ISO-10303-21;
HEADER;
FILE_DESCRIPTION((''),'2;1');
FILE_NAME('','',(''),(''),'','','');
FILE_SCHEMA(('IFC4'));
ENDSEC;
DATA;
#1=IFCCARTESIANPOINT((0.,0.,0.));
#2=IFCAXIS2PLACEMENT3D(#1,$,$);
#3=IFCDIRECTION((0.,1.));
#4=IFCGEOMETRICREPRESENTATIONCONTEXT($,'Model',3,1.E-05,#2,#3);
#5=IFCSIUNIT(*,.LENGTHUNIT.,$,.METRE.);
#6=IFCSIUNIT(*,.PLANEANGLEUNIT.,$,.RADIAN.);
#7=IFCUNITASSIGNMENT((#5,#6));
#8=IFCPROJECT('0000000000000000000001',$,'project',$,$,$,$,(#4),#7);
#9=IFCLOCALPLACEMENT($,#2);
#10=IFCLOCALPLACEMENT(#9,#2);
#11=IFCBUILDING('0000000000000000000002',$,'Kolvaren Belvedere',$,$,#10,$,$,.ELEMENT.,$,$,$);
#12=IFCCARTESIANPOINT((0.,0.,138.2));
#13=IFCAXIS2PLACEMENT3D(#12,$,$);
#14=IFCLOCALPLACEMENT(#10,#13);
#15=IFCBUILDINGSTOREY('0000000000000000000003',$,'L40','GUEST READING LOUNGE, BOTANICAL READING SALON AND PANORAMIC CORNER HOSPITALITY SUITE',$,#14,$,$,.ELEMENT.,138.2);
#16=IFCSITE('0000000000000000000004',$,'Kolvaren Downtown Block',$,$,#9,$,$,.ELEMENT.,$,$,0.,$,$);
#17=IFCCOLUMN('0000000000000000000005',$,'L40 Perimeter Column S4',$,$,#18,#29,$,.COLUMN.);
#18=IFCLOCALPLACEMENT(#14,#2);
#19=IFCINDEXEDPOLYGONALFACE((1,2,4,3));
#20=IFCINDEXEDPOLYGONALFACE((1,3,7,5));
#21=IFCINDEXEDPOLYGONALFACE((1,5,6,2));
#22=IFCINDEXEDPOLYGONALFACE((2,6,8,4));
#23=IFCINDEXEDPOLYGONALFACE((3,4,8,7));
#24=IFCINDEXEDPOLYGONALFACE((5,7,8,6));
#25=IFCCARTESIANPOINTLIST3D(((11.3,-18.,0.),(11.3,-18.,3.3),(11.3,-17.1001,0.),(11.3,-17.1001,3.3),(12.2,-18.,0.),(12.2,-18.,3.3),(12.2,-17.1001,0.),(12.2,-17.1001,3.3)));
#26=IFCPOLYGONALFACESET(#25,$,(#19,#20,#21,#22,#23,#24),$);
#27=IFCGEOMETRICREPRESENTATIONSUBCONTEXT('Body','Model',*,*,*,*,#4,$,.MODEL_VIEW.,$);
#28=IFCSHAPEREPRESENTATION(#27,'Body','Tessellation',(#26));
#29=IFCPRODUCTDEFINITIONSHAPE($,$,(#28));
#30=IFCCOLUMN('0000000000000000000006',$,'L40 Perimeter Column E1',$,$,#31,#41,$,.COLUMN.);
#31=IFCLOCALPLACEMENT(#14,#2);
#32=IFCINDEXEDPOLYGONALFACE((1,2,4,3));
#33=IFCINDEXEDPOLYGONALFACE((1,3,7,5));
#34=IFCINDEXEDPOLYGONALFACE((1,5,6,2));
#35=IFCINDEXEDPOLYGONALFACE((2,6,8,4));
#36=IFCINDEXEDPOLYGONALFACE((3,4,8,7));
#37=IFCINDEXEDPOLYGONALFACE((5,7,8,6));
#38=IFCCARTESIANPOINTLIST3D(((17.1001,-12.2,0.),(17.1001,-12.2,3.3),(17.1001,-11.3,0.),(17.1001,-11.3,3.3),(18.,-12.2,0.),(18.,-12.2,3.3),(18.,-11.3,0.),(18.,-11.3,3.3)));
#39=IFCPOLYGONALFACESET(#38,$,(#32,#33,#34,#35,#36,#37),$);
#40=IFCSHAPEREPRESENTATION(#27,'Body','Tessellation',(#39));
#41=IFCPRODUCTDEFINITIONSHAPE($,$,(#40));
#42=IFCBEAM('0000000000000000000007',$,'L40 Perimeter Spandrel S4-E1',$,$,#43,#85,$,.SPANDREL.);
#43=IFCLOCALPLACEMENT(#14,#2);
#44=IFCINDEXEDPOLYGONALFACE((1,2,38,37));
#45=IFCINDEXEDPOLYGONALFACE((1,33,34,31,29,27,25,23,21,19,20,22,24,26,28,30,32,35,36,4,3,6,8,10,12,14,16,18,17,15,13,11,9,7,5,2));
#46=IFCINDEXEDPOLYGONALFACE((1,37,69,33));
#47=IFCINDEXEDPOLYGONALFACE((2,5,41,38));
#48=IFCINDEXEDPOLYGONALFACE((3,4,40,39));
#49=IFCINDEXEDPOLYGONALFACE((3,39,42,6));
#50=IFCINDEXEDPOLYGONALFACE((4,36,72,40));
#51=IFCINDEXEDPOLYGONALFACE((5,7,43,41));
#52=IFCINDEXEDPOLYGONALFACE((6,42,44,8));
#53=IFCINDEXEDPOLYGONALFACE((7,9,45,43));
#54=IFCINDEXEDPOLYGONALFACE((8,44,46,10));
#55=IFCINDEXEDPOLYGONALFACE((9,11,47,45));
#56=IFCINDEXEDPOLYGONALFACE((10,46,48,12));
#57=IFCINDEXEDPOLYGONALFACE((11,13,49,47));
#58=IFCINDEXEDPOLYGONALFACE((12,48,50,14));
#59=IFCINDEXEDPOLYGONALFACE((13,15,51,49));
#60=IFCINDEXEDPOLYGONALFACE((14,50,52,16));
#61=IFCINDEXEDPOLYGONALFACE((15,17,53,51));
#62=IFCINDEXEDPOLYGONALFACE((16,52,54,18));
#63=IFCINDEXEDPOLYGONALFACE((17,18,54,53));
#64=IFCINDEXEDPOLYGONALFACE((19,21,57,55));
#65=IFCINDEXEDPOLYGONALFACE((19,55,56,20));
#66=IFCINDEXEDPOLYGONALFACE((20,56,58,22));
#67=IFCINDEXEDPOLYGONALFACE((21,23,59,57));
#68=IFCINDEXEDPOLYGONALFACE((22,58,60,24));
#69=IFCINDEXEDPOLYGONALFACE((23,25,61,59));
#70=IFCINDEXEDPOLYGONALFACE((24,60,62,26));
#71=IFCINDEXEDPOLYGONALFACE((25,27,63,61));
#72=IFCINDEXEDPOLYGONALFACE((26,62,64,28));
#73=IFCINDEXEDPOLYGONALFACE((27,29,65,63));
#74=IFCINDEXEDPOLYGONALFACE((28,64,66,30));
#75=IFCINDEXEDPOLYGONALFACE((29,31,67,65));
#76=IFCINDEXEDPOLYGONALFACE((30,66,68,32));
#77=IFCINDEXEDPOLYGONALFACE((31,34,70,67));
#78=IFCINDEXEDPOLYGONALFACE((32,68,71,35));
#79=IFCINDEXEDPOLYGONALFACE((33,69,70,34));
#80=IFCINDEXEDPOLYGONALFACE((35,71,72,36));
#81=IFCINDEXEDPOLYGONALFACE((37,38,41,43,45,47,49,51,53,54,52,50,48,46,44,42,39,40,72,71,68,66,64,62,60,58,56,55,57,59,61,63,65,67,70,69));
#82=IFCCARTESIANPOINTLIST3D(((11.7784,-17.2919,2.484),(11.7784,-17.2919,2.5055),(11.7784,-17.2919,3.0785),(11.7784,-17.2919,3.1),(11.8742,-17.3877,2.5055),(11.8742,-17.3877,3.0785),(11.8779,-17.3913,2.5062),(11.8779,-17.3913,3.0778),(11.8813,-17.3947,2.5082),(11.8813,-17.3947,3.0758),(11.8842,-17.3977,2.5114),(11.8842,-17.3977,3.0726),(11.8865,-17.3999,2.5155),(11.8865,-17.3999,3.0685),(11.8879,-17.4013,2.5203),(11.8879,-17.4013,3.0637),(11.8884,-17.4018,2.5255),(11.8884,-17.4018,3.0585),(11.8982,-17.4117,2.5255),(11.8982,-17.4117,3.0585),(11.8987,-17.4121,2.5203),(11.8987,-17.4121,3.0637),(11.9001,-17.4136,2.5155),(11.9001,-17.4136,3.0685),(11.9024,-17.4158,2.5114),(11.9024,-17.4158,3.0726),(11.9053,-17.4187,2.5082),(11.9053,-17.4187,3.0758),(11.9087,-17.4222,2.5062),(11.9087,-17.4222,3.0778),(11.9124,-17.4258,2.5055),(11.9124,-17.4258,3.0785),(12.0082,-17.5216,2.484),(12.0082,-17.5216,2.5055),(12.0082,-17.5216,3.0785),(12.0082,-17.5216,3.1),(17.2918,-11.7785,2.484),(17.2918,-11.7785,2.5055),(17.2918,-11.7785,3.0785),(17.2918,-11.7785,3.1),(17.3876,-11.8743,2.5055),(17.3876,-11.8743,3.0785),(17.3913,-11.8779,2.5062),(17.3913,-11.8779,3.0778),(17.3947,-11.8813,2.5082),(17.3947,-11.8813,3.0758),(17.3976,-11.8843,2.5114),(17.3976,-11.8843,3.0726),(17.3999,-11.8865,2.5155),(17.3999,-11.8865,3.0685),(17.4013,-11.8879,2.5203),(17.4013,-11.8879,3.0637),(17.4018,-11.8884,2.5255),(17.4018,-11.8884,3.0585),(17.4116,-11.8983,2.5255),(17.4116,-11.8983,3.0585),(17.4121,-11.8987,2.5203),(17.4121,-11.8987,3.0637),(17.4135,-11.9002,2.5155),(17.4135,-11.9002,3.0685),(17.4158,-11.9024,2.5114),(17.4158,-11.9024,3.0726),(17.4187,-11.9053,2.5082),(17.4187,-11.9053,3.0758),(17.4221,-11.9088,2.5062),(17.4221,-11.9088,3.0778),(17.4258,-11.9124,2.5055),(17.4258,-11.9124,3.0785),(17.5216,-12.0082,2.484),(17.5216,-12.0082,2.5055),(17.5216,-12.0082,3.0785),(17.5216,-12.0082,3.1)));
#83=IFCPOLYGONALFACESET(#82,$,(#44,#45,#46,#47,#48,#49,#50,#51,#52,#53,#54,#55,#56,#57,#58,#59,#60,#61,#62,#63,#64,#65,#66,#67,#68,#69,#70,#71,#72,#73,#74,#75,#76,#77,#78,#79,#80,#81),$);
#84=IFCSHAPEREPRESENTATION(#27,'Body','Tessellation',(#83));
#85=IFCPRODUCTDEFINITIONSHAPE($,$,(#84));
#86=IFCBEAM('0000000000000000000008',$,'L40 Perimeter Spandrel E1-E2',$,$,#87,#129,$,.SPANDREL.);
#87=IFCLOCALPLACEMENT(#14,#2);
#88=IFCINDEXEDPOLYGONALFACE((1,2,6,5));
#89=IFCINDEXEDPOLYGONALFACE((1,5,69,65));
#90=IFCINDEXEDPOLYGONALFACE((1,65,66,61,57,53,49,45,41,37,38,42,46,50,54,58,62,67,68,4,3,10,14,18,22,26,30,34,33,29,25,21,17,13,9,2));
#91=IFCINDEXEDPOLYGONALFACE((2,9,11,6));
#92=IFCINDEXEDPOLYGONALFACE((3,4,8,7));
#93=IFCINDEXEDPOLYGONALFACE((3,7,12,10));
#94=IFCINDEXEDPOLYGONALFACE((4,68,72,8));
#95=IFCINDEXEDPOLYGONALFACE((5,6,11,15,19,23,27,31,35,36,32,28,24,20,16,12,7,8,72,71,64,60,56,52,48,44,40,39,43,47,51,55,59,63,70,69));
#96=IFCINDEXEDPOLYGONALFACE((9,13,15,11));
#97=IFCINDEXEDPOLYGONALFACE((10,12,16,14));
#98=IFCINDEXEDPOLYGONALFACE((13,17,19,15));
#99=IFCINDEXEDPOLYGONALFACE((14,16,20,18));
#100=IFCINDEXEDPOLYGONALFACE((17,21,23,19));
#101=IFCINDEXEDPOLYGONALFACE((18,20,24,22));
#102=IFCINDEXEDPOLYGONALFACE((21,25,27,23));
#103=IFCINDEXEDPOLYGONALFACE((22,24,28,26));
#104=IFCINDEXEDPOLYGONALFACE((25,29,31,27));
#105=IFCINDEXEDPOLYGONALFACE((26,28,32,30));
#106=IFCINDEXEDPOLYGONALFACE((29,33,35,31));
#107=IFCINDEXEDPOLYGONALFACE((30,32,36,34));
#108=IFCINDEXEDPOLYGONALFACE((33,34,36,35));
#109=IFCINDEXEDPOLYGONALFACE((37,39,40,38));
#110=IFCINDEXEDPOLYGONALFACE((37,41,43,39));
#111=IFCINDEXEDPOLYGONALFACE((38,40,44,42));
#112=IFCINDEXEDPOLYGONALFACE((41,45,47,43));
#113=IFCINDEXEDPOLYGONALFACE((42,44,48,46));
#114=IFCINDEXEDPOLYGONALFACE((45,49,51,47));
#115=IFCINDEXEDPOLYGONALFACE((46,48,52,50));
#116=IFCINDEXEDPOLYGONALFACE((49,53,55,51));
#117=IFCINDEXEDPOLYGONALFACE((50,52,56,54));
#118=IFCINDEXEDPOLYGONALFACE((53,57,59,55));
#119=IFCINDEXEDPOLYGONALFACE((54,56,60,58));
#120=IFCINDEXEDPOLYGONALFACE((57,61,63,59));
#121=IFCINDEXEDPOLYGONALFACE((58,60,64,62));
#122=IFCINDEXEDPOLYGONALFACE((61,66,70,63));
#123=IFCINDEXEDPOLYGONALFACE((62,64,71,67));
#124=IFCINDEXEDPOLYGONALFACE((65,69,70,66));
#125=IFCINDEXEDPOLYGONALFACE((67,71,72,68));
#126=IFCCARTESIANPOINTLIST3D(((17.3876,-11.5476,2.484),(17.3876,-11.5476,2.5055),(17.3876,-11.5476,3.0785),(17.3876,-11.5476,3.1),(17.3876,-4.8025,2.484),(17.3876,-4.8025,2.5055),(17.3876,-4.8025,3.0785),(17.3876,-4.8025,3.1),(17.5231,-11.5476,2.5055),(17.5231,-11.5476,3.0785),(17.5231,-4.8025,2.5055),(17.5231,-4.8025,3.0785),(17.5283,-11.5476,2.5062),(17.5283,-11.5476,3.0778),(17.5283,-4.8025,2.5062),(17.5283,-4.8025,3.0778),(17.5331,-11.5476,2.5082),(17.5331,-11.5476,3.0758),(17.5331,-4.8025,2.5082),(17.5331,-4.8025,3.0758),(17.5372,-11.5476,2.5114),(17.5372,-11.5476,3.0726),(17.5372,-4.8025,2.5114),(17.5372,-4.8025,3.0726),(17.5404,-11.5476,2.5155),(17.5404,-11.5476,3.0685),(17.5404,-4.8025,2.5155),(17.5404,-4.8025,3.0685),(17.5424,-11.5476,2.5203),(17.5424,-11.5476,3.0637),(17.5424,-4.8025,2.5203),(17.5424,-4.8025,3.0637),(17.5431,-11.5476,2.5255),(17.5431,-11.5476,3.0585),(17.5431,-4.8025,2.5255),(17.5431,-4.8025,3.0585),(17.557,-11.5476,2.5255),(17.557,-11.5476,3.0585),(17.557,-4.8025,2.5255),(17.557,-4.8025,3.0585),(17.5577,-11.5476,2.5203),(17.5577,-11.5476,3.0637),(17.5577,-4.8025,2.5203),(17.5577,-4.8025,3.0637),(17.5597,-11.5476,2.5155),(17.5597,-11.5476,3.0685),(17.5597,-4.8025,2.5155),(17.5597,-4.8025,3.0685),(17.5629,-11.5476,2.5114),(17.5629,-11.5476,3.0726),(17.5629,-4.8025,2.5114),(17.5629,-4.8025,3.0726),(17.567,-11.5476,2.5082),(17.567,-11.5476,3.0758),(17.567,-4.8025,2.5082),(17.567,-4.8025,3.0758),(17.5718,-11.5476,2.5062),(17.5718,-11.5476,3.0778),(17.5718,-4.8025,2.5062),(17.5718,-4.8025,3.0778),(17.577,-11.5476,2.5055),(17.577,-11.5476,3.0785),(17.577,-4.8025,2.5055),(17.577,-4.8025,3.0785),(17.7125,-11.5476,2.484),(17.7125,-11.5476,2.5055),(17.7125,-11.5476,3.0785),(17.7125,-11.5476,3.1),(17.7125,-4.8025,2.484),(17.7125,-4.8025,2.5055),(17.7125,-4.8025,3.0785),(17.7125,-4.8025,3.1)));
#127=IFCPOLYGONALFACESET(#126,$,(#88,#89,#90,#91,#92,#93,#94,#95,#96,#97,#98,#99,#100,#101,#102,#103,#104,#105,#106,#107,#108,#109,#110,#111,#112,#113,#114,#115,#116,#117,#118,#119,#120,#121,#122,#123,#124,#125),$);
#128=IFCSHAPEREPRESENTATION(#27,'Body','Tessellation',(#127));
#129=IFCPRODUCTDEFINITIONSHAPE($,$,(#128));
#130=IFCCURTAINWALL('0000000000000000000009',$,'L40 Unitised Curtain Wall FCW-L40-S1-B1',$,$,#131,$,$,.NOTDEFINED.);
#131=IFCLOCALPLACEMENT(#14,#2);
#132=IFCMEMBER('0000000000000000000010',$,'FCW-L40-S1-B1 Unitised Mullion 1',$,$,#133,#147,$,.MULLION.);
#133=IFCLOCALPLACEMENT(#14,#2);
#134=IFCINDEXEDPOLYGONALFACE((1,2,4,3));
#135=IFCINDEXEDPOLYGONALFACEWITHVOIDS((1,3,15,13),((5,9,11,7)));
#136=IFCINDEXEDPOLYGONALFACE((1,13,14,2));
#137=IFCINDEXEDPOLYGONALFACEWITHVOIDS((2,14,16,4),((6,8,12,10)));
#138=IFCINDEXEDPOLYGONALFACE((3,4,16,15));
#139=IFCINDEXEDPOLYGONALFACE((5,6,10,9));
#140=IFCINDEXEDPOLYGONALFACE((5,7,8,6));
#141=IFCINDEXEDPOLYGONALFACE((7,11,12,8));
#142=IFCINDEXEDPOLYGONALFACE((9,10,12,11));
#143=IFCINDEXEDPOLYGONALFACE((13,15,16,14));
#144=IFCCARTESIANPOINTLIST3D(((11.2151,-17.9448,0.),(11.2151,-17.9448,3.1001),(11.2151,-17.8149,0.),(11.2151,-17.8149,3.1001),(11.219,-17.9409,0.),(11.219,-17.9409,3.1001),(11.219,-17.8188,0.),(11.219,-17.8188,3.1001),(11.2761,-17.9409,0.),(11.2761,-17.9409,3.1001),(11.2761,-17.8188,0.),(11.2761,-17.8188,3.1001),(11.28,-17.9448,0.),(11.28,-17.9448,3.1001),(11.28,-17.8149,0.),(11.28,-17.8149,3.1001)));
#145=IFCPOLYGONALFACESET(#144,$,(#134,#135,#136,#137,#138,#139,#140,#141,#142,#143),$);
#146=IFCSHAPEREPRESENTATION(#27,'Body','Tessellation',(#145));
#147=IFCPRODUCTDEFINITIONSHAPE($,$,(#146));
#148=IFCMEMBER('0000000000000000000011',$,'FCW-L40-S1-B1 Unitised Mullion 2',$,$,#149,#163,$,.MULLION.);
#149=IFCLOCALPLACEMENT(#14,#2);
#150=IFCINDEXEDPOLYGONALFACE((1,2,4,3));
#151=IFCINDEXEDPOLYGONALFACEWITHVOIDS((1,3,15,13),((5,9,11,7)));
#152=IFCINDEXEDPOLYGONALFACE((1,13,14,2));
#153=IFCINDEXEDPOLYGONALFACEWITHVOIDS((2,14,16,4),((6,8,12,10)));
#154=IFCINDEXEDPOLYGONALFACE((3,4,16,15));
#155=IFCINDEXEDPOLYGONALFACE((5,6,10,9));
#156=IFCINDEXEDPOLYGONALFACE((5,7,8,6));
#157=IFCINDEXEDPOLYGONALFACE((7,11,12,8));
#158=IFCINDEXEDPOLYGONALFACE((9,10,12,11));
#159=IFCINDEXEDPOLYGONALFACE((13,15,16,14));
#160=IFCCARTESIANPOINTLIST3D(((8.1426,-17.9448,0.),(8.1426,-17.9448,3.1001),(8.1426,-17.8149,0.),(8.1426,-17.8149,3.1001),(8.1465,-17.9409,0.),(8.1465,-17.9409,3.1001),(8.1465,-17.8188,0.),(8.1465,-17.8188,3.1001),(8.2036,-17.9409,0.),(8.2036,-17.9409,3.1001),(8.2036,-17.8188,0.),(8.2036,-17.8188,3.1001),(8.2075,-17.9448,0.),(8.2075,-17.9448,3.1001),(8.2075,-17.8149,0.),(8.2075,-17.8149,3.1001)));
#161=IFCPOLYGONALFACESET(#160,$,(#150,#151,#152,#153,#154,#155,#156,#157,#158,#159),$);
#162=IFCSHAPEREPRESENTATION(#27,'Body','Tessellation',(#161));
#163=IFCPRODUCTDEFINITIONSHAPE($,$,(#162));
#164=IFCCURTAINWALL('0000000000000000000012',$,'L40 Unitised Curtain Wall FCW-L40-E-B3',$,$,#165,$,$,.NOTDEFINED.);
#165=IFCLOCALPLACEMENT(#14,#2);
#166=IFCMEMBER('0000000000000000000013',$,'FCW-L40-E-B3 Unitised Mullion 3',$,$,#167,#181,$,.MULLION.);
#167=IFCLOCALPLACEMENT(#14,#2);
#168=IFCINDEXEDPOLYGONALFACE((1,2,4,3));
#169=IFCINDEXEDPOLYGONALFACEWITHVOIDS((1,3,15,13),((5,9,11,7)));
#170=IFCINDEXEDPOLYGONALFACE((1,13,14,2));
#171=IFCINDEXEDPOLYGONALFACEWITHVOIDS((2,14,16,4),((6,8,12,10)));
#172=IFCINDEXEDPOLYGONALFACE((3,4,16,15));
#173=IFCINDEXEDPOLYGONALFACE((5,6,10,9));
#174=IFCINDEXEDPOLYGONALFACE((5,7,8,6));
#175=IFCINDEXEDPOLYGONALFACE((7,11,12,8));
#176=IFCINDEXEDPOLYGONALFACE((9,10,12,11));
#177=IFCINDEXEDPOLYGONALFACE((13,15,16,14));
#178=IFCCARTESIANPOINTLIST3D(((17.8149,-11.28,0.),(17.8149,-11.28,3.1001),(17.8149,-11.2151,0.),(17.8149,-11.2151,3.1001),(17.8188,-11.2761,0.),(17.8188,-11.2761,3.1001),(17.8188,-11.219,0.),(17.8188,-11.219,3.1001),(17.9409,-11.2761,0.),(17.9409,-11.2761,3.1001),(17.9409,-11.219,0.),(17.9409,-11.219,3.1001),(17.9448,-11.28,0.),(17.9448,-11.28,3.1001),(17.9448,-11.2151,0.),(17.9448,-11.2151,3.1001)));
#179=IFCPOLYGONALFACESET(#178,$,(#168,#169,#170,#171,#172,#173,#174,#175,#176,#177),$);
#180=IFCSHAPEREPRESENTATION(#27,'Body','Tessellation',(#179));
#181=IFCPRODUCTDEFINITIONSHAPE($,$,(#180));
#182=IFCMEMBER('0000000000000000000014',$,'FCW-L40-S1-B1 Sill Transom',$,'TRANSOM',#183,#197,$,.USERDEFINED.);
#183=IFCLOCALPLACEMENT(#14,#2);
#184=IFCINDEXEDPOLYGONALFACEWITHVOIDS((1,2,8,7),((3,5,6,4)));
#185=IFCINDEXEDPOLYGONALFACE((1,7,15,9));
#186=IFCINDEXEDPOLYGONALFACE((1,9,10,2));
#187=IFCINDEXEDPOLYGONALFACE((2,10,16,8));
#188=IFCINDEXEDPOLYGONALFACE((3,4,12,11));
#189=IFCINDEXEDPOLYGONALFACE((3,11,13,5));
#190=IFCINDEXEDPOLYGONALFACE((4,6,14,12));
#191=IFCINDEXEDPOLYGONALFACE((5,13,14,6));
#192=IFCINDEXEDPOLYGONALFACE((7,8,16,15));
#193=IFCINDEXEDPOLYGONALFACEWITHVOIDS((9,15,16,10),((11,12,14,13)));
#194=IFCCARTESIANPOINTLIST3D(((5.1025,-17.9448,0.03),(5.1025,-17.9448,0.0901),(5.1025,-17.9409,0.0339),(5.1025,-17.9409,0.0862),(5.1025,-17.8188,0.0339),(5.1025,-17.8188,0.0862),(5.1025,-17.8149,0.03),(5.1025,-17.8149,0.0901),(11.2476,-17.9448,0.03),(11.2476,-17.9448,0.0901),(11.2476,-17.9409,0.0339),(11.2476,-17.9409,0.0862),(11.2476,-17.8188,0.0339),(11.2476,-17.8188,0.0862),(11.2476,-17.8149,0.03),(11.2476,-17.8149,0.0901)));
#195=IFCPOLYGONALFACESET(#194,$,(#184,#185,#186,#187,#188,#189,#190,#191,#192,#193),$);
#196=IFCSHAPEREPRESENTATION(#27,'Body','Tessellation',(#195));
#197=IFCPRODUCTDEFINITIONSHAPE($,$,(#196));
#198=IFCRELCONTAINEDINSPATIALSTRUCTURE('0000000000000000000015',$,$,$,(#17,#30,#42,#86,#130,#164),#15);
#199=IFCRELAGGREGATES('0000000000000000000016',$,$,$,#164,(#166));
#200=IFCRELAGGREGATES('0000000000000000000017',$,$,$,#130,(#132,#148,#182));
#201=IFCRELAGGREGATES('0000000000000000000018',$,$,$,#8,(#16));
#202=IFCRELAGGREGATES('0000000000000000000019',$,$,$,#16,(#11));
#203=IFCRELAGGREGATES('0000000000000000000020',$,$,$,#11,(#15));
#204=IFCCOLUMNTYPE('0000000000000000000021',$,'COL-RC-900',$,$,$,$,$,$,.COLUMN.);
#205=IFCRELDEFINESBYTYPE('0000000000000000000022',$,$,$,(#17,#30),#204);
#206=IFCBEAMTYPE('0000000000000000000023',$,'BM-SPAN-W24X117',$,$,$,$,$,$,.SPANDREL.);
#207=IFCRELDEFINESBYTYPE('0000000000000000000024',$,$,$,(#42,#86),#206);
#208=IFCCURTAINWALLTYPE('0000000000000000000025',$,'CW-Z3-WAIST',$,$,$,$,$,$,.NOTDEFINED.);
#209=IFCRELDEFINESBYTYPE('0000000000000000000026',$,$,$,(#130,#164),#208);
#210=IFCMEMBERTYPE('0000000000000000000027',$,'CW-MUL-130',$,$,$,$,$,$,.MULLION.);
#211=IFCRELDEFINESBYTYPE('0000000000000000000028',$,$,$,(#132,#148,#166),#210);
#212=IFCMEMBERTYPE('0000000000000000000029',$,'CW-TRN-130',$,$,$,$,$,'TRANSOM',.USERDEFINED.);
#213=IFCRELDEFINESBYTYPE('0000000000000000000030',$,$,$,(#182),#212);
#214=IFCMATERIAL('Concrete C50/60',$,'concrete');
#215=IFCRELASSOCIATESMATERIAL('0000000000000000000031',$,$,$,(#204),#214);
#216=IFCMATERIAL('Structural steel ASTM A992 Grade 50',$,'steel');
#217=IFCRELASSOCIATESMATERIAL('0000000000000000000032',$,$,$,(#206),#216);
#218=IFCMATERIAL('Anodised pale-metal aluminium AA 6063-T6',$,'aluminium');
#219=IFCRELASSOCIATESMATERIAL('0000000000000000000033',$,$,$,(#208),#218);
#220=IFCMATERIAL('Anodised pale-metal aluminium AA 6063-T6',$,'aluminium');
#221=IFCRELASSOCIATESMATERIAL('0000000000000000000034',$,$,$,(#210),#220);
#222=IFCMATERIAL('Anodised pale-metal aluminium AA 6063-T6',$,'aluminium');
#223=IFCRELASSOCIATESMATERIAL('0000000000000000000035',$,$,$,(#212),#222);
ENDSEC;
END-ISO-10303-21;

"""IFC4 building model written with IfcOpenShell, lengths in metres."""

from ifc_helpers import new_model, si_unit, direction, frame, origin, origin_2d, place, context, subcontext, project, spatial, rectangle, hollow_rectangle, i_section, extrude, material, material_profile, profile_set, type_object, element, aggregate, save


model = new_model("IFC4")

# Units and contexts
model_context = context("Model", 3, precision=1e-05, world=origin(), true_north=direction((0.0, 1.0)))
body_context = subcontext(model_context, "Body", "Model", "MODEL_VIEW")
ifc_project = project(units=[si_unit("LENGTHUNIT", "METRE"), si_unit("PLANEANGLEUNIT", "RADIAN")], contexts=[model_context])

# Site, building, storey
site_placement = place(None, origin())
site = spatial("IfcSite", under=ifc_project, at=site_placement, Name="Kolvaren Downtown Block", CompositionType="ELEMENT", RefElevation=0.0)
building_placement = place(site_placement, origin())
building = spatial("IfcBuilding", under=site, at=building_placement, Name="Kolvaren Belvedere", CompositionType="ELEMENT")
storey_placement = place(building_placement, frame((0.0, 0.0, 138.2)))
storey = spatial("IfcBuildingStorey", under=building, at=storey_placement, Name="L40", Description="GUEST READING LOUNGE, BOTANICAL READING SALON AND PANORAMIC CORNER HOSPITALITY SUITE", CompositionType="ELEMENT", Elevation=138.2)

# Columns
ifc_material_1 = material(Name="Concrete C50/60", Category="concrete")
ifc_material_profile_1 = material_profile(ifc_material_1, rectangle(XDim=0.8999, YDim=0.8999, at=origin_2d()), Name="RC 900X900")
ifc_profile_set_1 = profile_set([ifc_material_profile_1], Name="Concrete C50/60")
column_type = type_object("IfcColumnType", Name="COL-RC-900", PredefinedType="COLUMN", material=ifc_profile_set_1)
for number, where, z_axis, x_axis, name in (
    (1, (11.75, -17.55, 0.0), (0.0, 0.0, 1.0), (1.0, 0.0, 0.0), "L40 Perimeter Column S4"),
    (2, (17.55, -11.75, 0.0), (0.0, 0.0, 1.0), (1.0, 0.0, 0.0), "L40 Perimeter Column E1"),
):
    element("IfcColumn", number, at=place(storey_placement, frame(where, z_axis=z_axis, x_axis=x_axis)), inside=storey, type_object=column_type, Name=name, PredefinedType="COLUMN", context=body_context, shape_type="SweptSolid", body=[
        extrude(rectangle(XDim=0.8999, YDim=0.8999, at=origin_2d()), origin(), (0.0, 0.0, 1.0), 3.3),
    ])

# Beams
ifc_material_2 = material(Name="Structural steel ASTM A992 Grade 50", Category="steel")
ifc_material_profile_2 = material_profile(ifc_material_2, i_section(OverallWidth=0.325, OverallDepth=0.616, WebThickness=0.0139, FlangeThickness=0.0215, FilletRadius=0.02, at=origin_2d()), Name="W24X117")
ifc_profile_set_2 = profile_set([ifc_material_profile_2], Name="Structural steel ASTM A992 Grade 50")
beam_type = type_object("IfcBeamType", Name="BM-SPAN-W24X117", PredefinedType="SPANDREL", material=ifc_profile_set_2)
beam_1_placement = place(storey_placement, frame((11.8933, -17.4067, 2.792), z_axis=(0.707107, 0.707107, 0.0), x_axis=(-0.707107, 0.707107, 0.0)))
element("IfcBeam", 3, at=beam_1_placement, inside=storey, type_object=beam_type, Name="L40 Perimeter Spandrel S4-E1", PredefinedType="SPANDREL", context=body_context, shape_type="SweptSolid", body=[
    extrude(i_section(OverallWidth=0.325, OverallDepth=0.616, WebThickness=0.0139, FlangeThickness=0.0215, FilletRadius=0.02, at=origin_2d()), origin(), (0.0, 0.0, 1.0), 7.7971),
])
beam_2_placement = place(storey_placement, frame((17.55, -11.5476, 2.792), z_axis=(0.0, 1.0, 0.0), x_axis=(-1.0, 0.0, 0.0)))
element("IfcBeam", 4, at=beam_2_placement, inside=storey, type_object=beam_type, Name="L40 Perimeter Spandrel E1-E2", PredefinedType="SPANDREL", context=body_context, shape_type="SweptSolid", body=[
    extrude(i_section(OverallWidth=0.325, OverallDepth=0.616, WebThickness=0.0139, FlangeThickness=0.0215, FilletRadius=0.02, at=origin_2d()), origin(), (0.0, 0.0, 1.0), 6.7451),
])

# Curtain wall, members
ifc_material_3 = material(Name="Anodised pale-metal aluminium AA 6063-T6", Category="aluminium")
curtain_wall_type = type_object("IfcCurtainWallType", Name="CW-Z3-WAIST", PredefinedType="NOTDEFINED", material=ifc_material_3)
curtain_wall_1_placement = place(storey_placement, origin())
curtain_wall_1 = element("IfcCurtainWall", 5, at=curtain_wall_1_placement, inside=storey, type_object=curtain_wall_type, Name="L40 Unitised Curtain Wall FCW-L40-S1-B1", PredefinedType="NOTDEFINED")
ifc_material_4 = material(Name="Anodised pale-metal aluminium AA 6063-T6", Category="aluminium")
ifc_material_profile_3 = material_profile(ifc_material_4, hollow_rectangle(XDim=0.0649, YDim=0.1299, WallThickness=0.0039, at=origin_2d()), Name="ALU-MUL-130X65")
ifc_profile_set_3 = profile_set([ifc_material_profile_3], Name="Anodised pale-metal aluminium AA 6063-T6")
member_type_1 = type_object("IfcMemberType", Name="CW-MUL-130", PredefinedType="MULLION", material=ifc_profile_set_3)
member_1_placement = place(storey_placement, frame((11.2476, -17.8799, 0.0), z_axis=(0.0, 0.0, 1.0), x_axis=(1.0, 0.0, 0.0)))
member_1 = element("IfcMember", 6, at=member_1_placement, type_object=member_type_1, Name="FCW-L40-S1-B1 Unitised Mullion 1", PredefinedType="MULLION", context=body_context, shape_type="SweptSolid", body=[
    extrude(hollow_rectangle(XDim=0.0649, YDim=0.1299, WallThickness=0.0039, at=origin_2d()), origin(), (0.0, 0.0, 1.0), 3.1001),
])
member_2_placement = place(storey_placement, frame((8.175, -17.8799, 0.0), z_axis=(0.0, 0.0, 1.0), x_axis=(1.0, 0.0, 0.0)))
member_2 = element("IfcMember", 7, at=member_2_placement, type_object=member_type_1, Name="FCW-L40-S1-B1 Unitised Mullion 2", PredefinedType="MULLION", context=body_context, shape_type="SweptSolid", body=[
    extrude(hollow_rectangle(XDim=0.0649, YDim=0.1299, WallThickness=0.0039, at=origin_2d()), origin(), (0.0, 0.0, 1.0), 3.1001),
])

# Curtain wall, member
curtain_wall_2_placement = place(storey_placement, origin())
curtain_wall_2 = element("IfcCurtainWall", 8, at=curtain_wall_2_placement, inside=storey, type_object=curtain_wall_type, Name="L40 Unitised Curtain Wall FCW-L40-E-B3", PredefinedType="NOTDEFINED")
member_3_placement = place(storey_placement, frame((17.8799, -11.2476, 0.0), z_axis=(0.0, 0.0, 1.0), x_axis=(0.0, 1.0, 0.0)))
member_3 = element("IfcMember", 9, at=member_3_placement, type_object=member_type_1, Name="FCW-L40-E-B3 Unitised Mullion 3", PredefinedType="MULLION", context=body_context, shape_type="SweptSolid", body=[
    extrude(hollow_rectangle(XDim=0.0649, YDim=0.1299, WallThickness=0.0039, at=origin_2d()), origin(), (0.0, 0.0, 1.0), 3.1001),
])
aggregate(curtain_wall_2, [member_3])

# Member
ifc_material_5 = material(Name="Anodised pale-metal aluminium AA 6063-T6", Category="aluminium")
ifc_material_profile_4 = material_profile(ifc_material_5, hollow_rectangle(XDim=0.0601, YDim=0.1299, WallThickness=0.0039, at=origin_2d()), Name="ALU-TRN-130X60")
ifc_profile_set_4 = profile_set([ifc_material_profile_4], Name="Anodised pale-metal aluminium AA 6063-T6")
member_type_2 = type_object("IfcMemberType", Name="CW-TRN-130", ElementType="TRANSOM", PredefinedType="USERDEFINED", material=ifc_profile_set_4)
member_4_placement = place(storey_placement, frame((11.2476, -17.8799, 0.0601), z_axis=(-1.0, 0.0, 0.0), x_axis=(0.0, 0.0, 1.0)))
member_4 = element("IfcMember", 10, at=member_4_placement, type_object=member_type_2, Name="FCW-L40-S1-B1 Sill Transom", ObjectType="TRANSOM", PredefinedType="USERDEFINED", context=body_context, shape_type="SweptSolid", body=[
    extrude(hollow_rectangle(XDim=0.0601, YDim=0.1299, WallThickness=0.0039, at=origin_2d()), origin(), (0.0, 0.0, 1.0), 6.145),
])

aggregate(curtain_wall_1, [member_1, member_2, member_4])

save(model, "model.ifc")
